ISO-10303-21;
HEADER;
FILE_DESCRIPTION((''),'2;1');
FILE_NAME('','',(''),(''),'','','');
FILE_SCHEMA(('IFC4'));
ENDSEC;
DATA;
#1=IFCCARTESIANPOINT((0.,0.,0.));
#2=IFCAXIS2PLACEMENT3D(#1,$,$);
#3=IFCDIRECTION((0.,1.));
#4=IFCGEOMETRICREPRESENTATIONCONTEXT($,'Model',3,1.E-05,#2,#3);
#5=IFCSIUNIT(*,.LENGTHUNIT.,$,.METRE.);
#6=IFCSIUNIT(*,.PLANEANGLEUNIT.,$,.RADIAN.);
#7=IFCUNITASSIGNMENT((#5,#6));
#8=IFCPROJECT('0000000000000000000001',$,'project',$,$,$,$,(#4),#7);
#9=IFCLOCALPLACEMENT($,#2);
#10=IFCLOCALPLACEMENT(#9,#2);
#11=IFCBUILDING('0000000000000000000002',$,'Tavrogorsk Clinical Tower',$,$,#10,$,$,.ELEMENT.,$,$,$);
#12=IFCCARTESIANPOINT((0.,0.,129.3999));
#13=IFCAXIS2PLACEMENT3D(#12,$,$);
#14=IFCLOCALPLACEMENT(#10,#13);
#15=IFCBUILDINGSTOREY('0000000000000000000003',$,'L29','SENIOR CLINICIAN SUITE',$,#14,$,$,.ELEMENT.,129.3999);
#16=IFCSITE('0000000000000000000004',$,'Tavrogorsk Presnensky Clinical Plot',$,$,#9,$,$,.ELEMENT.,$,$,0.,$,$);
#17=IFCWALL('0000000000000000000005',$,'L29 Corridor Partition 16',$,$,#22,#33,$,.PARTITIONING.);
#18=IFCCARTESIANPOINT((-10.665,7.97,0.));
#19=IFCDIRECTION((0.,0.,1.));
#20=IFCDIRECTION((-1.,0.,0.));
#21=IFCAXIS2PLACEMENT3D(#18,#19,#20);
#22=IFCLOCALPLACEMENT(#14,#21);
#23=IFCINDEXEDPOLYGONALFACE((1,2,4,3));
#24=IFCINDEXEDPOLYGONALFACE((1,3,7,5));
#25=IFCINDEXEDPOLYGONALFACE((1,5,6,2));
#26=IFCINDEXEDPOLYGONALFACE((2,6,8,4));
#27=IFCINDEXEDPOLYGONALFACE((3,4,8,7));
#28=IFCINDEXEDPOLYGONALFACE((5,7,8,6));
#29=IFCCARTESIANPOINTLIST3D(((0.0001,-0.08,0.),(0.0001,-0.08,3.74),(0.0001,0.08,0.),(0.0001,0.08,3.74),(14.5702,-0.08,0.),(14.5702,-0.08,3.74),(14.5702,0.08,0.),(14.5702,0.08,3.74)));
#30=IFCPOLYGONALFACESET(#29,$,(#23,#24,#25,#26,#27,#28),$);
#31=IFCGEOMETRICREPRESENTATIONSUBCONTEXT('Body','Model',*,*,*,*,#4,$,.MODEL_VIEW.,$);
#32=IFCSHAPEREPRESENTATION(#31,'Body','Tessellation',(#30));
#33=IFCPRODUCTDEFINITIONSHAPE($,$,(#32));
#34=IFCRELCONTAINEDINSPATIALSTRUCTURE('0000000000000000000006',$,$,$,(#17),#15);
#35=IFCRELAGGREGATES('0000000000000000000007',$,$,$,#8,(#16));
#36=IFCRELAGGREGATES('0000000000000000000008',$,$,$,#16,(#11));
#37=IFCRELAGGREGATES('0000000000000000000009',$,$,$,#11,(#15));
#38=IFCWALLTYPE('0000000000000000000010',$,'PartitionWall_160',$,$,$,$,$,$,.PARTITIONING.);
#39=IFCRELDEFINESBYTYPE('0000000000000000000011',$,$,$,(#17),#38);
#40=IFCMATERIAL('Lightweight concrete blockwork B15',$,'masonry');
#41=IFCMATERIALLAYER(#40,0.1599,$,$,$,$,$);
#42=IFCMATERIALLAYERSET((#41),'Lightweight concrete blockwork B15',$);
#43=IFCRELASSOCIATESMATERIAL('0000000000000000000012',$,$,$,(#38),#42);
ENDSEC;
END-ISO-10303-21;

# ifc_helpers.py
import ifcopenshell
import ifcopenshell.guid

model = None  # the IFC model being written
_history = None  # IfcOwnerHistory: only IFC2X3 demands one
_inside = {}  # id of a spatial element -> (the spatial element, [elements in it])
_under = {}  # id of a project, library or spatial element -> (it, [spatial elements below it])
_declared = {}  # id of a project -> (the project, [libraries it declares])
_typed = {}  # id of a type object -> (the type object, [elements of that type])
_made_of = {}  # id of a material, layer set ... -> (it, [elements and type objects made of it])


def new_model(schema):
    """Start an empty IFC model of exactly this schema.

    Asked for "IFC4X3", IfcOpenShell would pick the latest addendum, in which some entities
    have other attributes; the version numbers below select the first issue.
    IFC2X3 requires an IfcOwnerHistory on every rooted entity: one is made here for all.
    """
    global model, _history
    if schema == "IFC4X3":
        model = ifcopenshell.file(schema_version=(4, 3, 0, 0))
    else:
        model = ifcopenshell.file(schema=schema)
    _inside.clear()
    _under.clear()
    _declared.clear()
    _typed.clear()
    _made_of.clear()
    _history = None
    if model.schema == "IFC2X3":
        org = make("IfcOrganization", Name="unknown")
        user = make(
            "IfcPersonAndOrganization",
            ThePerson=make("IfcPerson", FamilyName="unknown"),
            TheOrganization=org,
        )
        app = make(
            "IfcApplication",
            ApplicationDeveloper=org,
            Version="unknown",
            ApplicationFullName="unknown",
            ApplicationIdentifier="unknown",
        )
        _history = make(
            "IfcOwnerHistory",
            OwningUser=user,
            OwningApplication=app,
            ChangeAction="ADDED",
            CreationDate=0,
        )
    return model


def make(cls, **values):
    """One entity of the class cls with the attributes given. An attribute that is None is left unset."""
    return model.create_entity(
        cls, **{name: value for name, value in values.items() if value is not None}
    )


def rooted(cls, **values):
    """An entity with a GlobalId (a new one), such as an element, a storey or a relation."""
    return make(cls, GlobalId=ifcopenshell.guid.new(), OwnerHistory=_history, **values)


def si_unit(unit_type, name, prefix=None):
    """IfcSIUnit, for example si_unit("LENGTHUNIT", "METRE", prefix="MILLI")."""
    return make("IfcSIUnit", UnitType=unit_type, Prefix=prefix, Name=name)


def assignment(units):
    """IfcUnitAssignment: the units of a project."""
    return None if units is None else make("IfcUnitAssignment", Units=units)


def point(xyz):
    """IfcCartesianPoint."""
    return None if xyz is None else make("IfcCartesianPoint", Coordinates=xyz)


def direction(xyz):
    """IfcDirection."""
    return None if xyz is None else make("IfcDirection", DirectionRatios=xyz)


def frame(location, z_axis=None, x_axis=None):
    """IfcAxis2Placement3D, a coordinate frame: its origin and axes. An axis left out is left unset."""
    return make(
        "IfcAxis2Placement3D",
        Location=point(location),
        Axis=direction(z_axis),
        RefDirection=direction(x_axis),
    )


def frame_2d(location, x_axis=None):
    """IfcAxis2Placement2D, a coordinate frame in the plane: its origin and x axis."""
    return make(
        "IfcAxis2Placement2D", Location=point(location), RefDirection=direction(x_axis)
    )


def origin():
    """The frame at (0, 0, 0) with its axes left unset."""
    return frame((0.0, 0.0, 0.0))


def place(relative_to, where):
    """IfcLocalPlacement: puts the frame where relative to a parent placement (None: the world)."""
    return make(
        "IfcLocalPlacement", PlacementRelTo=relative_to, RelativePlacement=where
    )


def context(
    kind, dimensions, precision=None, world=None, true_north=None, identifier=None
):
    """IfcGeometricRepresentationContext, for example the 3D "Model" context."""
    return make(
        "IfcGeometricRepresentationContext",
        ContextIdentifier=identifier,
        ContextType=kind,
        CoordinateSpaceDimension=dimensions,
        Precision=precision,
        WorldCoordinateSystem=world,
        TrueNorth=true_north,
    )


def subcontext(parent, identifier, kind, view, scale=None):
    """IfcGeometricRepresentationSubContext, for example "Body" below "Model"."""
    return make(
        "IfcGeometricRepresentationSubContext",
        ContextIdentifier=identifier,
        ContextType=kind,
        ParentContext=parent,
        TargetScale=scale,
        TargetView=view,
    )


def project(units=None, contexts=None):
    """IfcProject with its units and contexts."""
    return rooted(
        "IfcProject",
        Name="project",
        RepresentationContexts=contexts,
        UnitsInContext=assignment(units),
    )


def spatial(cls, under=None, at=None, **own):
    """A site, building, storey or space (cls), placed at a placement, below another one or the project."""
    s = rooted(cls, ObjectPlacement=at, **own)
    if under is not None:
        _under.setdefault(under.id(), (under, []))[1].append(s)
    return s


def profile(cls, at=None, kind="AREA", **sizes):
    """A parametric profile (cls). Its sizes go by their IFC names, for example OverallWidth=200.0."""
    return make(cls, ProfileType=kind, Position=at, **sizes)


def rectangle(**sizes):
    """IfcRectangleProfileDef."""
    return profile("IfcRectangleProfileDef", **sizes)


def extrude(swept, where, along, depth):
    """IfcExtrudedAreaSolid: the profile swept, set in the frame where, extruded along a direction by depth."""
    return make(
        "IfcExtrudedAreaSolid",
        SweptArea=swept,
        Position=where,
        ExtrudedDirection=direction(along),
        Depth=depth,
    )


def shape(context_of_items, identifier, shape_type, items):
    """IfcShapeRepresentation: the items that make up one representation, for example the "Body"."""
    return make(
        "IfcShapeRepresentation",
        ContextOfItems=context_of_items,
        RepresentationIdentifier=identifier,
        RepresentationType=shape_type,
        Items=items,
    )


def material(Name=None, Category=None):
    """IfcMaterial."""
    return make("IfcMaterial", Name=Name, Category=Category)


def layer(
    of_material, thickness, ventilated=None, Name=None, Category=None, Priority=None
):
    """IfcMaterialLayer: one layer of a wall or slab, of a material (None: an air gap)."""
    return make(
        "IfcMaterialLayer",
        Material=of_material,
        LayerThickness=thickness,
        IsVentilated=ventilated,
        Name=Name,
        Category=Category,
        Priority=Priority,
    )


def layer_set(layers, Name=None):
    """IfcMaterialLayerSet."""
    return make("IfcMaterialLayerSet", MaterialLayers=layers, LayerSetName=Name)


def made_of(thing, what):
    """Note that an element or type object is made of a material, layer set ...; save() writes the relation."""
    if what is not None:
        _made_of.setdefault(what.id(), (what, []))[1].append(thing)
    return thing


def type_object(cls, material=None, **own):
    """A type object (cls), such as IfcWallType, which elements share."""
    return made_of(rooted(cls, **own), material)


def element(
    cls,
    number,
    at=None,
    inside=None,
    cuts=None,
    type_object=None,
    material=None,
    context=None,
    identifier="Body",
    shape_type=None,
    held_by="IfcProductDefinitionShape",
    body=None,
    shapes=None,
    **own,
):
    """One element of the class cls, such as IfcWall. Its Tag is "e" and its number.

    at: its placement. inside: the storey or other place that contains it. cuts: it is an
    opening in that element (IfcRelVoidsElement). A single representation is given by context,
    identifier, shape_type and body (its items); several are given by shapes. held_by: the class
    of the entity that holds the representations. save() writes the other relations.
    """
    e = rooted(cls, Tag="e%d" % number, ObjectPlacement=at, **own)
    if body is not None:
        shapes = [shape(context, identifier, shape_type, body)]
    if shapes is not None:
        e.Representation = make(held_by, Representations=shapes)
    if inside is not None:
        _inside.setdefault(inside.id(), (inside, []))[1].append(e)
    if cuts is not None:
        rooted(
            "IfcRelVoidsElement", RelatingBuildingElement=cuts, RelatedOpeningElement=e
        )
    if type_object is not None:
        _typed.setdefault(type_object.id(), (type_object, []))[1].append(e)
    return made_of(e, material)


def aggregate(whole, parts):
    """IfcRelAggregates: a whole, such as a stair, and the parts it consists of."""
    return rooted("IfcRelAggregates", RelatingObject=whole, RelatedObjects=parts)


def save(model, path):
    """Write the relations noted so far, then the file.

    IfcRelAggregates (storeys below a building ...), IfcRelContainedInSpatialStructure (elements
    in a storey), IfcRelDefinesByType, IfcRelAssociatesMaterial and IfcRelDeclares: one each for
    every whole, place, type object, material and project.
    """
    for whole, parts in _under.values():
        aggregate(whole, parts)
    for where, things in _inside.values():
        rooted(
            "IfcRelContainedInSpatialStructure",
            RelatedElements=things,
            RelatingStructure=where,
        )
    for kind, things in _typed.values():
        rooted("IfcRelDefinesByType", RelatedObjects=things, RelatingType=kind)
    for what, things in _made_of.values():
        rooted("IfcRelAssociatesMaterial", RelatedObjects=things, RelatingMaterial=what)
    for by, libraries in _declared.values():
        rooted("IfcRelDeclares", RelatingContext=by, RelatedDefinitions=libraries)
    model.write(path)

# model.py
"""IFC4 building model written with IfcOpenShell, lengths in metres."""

from ifc_helpers import new_model, si_unit, direction, frame, frame_2d, origin, place, context, subcontext, project, spatial, rectangle, extrude, material, layer, layer_set, type_object, element, save


model = new_model("IFC4")

# Units and contexts
model_context = context("Model", 3, precision=1e-05, world=origin(), true_north=direction((0.0, 1.0)))
body_context = subcontext(model_context, "Body", "Model", "MODEL_VIEW")
ifc_project = project(units=[si_unit("LENGTHUNIT", "METRE"), si_unit("PLANEANGLEUNIT", "RADIAN")], contexts=[model_context])

# Site, building, storey
site_placement = place(None, origin())
site = spatial("IfcSite", under=ifc_project, at=site_placement, Name="Tavrogorsk Presnensky Clinical Plot", CompositionType="ELEMENT", RefElevation=0.0)
building_placement = place(site_placement, origin())
building = spatial("IfcBuilding", under=site, at=building_placement, Name="Tavrogorsk Clinical Tower", CompositionType="ELEMENT")
storey_placement = place(building_placement, frame((0.0, 0.0, 129.3999)))
storey = spatial("IfcBuildingStorey", under=building, at=storey_placement, Name="L29", Description="SENIOR CLINICIAN SUITE", CompositionType="ELEMENT", Elevation=129.3999)

# Shared definitions
ifc_material_1 = material(Name="Lightweight concrete blockwork B15", Category="masonry")
ifc_layer_1 = layer(ifc_material_1, 0.1599)
ifc_layer_set_1 = layer_set([ifc_layer_1], Name="Lightweight concrete blockwork B15")
wall_type_1 = type_object("IfcWallType", Name="PartitionWall_160", PredefinedType="PARTITIONING", material=ifc_layer_set_1)

# Wall
wall_1_placement = place(storey_placement, frame((-10.665, 7.97, 0.0), z_axis=(0.0, 0.0, 1.0), x_axis=(-1.0, 0.0, 0.0)))
element("IfcWall", 1, at=wall_1_placement, inside=storey, type_object=wall_type_1, Name="L29 Corridor Partition 16", PredefinedType="PARTITIONING", context=body_context, shape_type="SweptSolid", body=[
    extrude(rectangle(XDim=14.5701, YDim=0.1599, at=frame_2d((7.2852, 0.0))), origin(), (0.0, 0.0, 1.0), 3.74),
])

save(model, "model.ifc")
